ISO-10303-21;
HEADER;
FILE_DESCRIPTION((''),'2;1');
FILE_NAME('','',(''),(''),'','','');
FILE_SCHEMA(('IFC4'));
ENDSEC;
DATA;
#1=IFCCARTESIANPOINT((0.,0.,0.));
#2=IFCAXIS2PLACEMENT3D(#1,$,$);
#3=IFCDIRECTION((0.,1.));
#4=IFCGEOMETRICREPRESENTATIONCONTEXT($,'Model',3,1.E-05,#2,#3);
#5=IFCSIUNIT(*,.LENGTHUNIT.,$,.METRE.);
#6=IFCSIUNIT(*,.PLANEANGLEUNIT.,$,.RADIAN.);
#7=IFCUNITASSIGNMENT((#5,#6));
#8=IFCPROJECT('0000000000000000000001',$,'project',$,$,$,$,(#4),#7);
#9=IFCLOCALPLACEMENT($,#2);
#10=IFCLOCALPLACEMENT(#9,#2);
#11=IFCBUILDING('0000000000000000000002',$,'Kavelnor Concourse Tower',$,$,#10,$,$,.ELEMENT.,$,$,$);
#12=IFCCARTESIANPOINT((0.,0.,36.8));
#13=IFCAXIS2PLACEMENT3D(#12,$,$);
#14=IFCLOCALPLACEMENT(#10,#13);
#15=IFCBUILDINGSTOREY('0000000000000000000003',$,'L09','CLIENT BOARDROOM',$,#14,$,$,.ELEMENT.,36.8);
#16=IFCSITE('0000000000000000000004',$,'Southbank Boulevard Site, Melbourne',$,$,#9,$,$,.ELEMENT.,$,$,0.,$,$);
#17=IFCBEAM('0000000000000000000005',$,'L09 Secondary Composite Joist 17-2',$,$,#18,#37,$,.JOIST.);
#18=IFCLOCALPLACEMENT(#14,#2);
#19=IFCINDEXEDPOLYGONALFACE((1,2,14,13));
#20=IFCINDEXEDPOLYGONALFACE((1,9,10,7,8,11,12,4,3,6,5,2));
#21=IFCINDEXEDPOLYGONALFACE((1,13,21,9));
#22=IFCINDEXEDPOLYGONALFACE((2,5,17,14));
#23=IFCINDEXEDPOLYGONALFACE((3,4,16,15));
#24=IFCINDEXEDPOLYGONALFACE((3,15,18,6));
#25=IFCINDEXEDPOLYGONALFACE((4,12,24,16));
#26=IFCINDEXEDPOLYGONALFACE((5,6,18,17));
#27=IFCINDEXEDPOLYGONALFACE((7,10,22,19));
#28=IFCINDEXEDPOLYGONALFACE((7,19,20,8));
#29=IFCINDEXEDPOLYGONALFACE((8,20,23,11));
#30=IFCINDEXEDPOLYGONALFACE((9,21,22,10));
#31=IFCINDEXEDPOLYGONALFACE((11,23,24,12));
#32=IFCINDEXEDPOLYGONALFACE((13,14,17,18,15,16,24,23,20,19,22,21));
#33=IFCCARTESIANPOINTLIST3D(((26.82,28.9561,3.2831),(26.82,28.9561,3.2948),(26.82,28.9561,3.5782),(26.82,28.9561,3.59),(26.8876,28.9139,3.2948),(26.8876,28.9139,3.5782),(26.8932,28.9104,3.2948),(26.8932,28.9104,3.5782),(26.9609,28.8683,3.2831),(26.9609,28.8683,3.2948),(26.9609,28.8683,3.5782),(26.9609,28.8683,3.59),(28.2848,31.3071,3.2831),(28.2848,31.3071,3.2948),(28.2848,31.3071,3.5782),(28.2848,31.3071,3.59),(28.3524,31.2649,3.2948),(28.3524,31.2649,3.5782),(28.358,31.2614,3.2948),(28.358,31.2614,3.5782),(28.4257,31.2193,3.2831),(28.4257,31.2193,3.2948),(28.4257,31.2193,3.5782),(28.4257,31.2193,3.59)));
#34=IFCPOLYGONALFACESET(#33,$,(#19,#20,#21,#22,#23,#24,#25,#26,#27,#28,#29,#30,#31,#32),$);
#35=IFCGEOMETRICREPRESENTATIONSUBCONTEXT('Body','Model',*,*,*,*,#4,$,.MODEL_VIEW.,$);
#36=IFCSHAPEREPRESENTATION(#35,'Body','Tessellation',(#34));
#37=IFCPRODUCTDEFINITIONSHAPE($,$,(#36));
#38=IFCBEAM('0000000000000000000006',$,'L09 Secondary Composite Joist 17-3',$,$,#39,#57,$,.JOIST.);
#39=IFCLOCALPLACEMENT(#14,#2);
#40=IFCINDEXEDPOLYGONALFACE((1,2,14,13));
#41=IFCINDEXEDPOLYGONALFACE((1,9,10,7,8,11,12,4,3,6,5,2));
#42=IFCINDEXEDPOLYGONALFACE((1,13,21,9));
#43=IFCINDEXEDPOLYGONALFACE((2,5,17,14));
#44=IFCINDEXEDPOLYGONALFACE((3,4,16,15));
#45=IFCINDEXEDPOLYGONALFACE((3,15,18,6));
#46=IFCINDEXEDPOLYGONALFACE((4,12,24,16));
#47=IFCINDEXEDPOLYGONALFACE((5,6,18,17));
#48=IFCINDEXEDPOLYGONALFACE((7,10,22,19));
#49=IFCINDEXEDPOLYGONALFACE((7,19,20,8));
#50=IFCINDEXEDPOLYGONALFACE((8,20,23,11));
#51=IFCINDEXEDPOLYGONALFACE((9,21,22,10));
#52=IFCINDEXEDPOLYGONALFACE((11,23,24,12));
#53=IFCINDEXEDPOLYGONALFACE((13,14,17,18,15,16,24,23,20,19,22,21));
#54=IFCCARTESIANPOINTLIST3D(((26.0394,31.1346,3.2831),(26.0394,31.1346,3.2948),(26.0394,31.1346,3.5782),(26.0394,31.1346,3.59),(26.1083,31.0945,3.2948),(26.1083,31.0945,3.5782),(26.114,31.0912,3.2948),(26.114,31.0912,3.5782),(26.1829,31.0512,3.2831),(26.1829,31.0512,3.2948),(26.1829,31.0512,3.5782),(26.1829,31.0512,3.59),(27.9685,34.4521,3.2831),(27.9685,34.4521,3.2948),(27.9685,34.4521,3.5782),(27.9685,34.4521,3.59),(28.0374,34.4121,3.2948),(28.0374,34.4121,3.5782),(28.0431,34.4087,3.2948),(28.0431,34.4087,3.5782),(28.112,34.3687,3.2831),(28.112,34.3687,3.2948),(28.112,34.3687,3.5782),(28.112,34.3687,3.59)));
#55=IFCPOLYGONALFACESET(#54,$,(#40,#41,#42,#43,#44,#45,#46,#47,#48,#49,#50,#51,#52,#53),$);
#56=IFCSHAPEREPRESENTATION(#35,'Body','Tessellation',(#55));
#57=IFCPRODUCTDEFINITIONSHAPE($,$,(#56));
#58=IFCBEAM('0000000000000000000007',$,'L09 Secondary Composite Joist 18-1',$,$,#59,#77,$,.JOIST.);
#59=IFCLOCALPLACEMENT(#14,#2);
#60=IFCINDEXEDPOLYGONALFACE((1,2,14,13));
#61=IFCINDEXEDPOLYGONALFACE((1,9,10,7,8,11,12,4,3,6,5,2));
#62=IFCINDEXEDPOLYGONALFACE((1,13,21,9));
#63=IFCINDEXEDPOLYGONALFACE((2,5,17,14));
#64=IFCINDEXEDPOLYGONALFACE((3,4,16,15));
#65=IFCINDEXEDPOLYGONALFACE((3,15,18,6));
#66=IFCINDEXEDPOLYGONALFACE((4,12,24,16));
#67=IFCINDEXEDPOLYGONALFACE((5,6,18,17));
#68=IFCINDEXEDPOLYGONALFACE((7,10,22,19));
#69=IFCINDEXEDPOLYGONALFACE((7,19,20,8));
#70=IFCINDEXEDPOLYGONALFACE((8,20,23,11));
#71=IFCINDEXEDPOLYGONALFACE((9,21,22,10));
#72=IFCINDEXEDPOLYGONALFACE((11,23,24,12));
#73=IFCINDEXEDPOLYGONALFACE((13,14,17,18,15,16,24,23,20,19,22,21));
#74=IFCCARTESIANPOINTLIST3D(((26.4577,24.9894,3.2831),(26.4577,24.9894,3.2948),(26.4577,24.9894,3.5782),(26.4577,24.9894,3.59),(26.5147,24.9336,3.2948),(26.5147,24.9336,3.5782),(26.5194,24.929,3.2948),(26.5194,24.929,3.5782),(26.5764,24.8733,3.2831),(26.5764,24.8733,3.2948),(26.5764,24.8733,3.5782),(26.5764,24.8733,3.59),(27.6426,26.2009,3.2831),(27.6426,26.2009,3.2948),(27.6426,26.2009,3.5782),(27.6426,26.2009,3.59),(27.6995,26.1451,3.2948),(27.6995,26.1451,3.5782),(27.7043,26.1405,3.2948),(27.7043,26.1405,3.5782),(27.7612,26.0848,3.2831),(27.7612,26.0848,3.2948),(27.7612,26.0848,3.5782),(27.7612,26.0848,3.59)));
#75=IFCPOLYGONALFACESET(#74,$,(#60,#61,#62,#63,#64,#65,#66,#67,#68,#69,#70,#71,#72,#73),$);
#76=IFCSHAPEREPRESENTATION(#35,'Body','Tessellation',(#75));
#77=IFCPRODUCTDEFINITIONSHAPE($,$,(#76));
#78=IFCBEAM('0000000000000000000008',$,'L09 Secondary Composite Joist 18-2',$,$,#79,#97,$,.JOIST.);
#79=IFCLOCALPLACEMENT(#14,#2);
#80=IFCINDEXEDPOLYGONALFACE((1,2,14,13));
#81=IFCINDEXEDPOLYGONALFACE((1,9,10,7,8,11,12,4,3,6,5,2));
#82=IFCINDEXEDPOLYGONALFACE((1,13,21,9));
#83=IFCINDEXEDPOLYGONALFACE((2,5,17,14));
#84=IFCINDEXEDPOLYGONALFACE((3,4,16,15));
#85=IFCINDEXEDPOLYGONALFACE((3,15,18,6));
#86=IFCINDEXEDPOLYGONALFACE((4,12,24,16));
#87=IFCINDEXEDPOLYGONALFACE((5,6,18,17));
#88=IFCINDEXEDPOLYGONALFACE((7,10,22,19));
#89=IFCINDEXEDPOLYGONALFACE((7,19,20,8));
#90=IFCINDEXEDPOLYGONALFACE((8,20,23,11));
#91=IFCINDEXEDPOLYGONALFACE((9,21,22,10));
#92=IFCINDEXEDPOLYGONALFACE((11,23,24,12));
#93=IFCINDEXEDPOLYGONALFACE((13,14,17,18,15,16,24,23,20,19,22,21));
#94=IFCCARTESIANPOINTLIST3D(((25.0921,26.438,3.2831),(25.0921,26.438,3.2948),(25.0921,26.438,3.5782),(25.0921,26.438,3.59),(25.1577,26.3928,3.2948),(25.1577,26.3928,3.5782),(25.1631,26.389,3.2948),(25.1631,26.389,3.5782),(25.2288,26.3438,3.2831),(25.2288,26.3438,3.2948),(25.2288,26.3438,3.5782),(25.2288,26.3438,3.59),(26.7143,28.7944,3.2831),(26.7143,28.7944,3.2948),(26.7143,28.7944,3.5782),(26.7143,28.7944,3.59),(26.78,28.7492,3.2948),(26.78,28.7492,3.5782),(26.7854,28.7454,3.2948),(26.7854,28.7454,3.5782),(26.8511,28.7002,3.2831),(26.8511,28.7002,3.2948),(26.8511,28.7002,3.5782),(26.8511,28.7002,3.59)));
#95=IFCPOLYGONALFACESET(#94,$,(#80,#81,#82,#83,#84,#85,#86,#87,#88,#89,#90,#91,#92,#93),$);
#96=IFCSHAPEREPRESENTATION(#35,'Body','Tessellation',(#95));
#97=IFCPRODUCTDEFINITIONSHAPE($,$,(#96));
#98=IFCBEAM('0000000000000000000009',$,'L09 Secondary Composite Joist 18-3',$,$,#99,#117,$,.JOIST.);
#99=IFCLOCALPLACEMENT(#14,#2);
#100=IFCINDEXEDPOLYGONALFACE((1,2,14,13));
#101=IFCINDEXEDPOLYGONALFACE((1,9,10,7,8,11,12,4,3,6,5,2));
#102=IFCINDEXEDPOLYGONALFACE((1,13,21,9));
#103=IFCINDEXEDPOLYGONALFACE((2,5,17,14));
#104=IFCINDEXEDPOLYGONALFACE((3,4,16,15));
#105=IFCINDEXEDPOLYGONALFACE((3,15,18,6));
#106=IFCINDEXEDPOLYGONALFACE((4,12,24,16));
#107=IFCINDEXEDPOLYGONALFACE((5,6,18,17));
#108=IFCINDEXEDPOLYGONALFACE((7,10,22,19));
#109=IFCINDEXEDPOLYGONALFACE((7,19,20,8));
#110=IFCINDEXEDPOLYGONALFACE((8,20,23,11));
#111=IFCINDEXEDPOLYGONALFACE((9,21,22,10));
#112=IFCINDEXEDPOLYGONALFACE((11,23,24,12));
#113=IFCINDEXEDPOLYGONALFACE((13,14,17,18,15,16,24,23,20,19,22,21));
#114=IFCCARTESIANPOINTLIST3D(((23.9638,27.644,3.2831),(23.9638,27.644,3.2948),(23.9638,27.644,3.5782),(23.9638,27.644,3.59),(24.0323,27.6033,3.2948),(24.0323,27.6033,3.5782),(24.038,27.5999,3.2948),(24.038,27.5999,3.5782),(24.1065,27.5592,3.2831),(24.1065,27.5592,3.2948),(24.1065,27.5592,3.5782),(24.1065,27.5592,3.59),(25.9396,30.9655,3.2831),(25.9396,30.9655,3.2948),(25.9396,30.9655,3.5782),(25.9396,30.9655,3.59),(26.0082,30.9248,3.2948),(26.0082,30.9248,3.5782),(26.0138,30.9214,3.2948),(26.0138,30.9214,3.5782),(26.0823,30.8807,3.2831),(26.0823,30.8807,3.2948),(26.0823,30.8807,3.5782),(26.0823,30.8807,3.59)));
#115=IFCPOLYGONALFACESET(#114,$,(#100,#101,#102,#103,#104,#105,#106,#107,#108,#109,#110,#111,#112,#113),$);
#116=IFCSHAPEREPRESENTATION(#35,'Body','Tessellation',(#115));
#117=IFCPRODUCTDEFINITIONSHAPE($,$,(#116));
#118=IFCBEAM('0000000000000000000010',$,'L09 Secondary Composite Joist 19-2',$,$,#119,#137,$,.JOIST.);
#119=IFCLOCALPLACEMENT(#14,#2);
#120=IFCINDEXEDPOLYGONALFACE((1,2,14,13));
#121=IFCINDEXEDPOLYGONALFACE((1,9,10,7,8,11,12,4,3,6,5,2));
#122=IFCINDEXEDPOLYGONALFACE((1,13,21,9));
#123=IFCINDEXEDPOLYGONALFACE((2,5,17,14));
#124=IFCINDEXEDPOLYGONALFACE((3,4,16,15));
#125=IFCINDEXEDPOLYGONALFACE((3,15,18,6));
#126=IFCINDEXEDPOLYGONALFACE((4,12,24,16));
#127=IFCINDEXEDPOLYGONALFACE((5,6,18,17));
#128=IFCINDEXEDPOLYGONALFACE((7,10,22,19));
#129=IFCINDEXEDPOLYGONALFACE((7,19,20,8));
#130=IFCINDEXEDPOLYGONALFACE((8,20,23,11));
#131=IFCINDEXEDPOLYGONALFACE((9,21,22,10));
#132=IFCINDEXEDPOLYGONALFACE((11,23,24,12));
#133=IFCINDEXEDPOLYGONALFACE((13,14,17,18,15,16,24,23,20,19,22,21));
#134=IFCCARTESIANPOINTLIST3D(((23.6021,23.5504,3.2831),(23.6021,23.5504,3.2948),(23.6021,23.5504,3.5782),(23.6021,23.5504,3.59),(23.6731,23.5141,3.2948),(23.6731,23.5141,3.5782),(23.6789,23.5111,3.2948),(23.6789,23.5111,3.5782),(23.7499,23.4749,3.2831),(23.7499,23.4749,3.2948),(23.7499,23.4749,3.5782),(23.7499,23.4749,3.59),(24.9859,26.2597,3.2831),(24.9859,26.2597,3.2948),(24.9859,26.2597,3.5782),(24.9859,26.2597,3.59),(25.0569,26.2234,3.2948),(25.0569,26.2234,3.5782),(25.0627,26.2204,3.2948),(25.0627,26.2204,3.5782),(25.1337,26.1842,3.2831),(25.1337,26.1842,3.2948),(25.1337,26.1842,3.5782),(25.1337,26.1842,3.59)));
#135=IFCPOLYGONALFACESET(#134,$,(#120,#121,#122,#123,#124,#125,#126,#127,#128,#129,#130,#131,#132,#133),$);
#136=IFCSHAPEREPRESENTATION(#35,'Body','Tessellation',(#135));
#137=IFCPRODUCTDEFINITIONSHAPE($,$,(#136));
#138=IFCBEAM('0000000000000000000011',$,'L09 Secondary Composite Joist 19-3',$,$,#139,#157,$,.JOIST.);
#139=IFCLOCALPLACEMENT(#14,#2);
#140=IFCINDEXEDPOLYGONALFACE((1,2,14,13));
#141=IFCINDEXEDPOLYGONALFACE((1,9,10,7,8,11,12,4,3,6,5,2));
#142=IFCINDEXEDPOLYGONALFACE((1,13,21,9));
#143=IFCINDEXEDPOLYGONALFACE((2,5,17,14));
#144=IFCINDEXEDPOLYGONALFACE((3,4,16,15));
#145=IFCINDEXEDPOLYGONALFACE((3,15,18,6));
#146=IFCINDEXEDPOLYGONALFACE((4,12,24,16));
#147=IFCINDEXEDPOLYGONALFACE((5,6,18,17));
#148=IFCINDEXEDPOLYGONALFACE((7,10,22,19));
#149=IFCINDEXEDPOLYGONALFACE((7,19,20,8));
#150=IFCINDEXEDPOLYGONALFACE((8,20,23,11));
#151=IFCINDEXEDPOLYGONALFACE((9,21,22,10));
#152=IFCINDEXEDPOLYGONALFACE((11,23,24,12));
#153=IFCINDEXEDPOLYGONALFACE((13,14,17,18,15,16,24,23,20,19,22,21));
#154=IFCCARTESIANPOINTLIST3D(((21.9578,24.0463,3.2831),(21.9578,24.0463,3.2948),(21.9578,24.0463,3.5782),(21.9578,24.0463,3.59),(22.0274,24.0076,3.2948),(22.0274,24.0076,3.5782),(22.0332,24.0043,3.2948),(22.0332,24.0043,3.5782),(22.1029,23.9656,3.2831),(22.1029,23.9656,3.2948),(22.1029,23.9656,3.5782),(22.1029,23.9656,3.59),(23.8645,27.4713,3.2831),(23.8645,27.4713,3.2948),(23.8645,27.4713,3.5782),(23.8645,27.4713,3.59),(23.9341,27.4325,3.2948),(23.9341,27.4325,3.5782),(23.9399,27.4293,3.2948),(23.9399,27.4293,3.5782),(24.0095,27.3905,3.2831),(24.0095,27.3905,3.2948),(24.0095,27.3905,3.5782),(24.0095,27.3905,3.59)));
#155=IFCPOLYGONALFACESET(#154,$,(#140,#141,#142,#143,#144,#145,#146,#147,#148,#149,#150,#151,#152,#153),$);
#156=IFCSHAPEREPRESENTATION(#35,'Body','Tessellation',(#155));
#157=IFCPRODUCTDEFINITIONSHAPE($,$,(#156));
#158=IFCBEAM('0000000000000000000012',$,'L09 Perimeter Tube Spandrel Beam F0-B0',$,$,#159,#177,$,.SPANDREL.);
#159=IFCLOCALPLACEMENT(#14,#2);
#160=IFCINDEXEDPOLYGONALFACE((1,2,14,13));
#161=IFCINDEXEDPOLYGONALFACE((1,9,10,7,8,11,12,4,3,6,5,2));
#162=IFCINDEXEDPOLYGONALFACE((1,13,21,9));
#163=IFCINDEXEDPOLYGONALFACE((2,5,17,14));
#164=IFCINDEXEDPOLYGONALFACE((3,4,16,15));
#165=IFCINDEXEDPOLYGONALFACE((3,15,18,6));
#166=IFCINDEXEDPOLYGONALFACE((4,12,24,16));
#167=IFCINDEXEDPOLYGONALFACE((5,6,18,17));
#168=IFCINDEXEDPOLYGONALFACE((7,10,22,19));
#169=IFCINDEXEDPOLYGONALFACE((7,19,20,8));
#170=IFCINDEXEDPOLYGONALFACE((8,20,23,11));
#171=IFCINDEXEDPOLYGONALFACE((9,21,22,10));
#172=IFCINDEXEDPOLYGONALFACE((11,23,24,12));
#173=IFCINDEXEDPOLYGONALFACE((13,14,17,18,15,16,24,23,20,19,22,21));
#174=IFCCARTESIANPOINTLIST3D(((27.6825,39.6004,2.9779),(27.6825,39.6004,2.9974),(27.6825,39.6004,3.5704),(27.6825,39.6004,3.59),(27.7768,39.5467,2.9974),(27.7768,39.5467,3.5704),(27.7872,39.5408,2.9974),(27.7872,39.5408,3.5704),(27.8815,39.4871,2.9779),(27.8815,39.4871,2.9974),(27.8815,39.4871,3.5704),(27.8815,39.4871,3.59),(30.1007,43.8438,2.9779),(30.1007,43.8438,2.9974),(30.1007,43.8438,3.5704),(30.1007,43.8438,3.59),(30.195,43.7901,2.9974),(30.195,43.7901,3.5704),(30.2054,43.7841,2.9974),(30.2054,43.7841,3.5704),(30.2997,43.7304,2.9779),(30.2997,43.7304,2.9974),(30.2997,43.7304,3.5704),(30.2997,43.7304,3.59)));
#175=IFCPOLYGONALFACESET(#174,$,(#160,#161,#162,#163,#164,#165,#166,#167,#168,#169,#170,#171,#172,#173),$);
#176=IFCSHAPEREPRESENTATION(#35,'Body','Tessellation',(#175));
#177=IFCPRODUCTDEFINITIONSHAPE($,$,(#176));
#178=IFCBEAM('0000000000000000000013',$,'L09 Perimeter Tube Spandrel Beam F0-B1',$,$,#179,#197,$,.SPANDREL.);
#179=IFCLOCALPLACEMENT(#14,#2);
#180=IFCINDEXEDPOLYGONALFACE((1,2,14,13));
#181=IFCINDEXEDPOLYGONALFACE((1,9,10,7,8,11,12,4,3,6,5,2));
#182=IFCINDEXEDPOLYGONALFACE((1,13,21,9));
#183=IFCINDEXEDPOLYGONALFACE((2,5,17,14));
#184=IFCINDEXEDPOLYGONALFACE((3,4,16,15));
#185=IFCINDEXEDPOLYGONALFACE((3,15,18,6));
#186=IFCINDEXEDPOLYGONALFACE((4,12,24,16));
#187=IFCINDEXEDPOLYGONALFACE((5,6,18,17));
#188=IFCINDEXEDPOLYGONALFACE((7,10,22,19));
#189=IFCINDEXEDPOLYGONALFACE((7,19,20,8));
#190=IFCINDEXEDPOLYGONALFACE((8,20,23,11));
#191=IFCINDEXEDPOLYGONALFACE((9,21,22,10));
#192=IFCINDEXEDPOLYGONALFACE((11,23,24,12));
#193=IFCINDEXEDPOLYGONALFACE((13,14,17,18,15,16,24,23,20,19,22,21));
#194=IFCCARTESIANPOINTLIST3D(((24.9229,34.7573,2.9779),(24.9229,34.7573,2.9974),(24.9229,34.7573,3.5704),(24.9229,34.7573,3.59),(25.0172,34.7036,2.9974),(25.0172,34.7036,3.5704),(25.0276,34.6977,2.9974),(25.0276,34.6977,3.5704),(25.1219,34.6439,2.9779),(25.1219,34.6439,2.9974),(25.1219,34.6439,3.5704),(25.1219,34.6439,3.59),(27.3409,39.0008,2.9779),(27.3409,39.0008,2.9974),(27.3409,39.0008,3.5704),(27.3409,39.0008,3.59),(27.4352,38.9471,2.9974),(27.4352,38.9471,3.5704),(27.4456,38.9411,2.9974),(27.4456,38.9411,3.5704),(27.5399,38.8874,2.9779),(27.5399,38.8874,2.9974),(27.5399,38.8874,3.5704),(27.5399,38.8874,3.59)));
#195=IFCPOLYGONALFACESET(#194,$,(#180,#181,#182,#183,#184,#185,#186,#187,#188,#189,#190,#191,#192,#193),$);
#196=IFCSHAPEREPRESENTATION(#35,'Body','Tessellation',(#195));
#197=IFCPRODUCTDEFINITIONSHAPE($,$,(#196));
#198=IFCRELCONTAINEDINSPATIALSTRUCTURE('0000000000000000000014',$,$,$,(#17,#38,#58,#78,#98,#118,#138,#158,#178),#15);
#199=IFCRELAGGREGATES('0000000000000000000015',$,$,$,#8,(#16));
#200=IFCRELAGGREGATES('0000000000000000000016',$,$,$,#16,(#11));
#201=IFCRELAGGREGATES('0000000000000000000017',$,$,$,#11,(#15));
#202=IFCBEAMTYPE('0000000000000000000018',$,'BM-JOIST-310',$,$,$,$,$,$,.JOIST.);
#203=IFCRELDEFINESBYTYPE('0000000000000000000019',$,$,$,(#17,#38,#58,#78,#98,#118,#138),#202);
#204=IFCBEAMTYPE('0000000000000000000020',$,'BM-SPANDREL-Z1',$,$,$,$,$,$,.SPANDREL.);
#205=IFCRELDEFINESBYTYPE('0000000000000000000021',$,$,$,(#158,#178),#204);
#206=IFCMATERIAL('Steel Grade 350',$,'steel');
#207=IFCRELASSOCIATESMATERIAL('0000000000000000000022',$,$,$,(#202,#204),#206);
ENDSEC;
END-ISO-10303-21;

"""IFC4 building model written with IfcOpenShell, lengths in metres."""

from ifc_helpers import new_model, si_unit, direction, frame, origin, origin_2d, place, context, subcontext, project, spatial, i_section, extrude, material, material_profile, profile_set, type_object, element, save


model = new_model("IFC4")

# Units and contexts
model_context = context("Model", 3, precision=1e-05, world=origin(), true_north=direction((0.0, 1.0)))
body_context = subcontext(model_context, "Body", "Model", "MODEL_VIEW")
ifc_project = project(units=[si_unit("LENGTHUNIT", "METRE"), si_unit("PLANEANGLEUNIT", "RADIAN")], contexts=[model_context])

# Site, building, storey
site_placement = place(None, origin())
site = spatial("IfcSite", under=ifc_project, at=site_placement, Name="Southbank Boulevard Site, Melbourne", CompositionType="ELEMENT", RefElevation=0.0)
building_placement = place(site_placement, origin())
building = spatial("IfcBuilding", under=site, at=building_placement, Name="Kavelnor Concourse Tower", CompositionType="ELEMENT")
storey_placement = place(building_placement, frame((0.0, 0.0, 36.8)))
storey = spatial("IfcBuildingStorey", under=building, at=storey_placement, Name="L09", Description="CLIENT BOARDROOM", CompositionType="ELEMENT", Elevation=36.8)

# Shared definitions
ifc_material_1 = material(Name="Steel Grade 350", Category="steel")

# Beams
ifc_material_profile_1 = material_profile(ifc_material_1, i_section(OverallWidth=0.166, OverallDepth=0.3069, WebThickness=0.0066, FlangeThickness=0.0117, at=origin_2d()), Name="310UB46")
ifc_profile_set_1 = profile_set([ifc_material_profile_1], Name="Steel Grade 350")
beam_type_1 = type_object("IfcBeamType", Name="BM-JOIST-310", PredefinedType="JOIST", material=ifc_profile_set_1)
beam_1_placement = place(storey_placement, frame((28.3552, 31.2632, 3.4365), z_axis=(-0.52881, -0.84874, 0.0), x_axis=(0.84874, -0.52881, 0.0)))
element("IfcBeam", 1, at=beam_1_placement, inside=storey, type_object=beam_type_1, Name="L09 Secondary Composite Joist 17-2", PredefinedType="JOIST", context=body_context, shape_type="SweptSolid", body=[
    extrude(i_section(OverallWidth=0.166, OverallDepth=0.3069, WebThickness=0.0066, FlangeThickness=0.0117, at=origin_2d()), origin(), (0.0, 0.0, 1.0), 2.77),
])
beam_2_placement = place(storey_placement, frame((28.0403, 34.4104, 3.4365), z_axis=(-0.502688, -0.864468, 0.0), x_axis=(0.864468, -0.502688, 0.0)))
element("IfcBeam", 2, at=beam_2_placement, inside=storey, type_object=beam_type_1, Name="L09 Secondary Composite Joist 17-3", PredefinedType="JOIST", context=body_context, shape_type="SweptSolid", body=[
    extrude(i_section(OverallWidth=0.166, OverallDepth=0.3069, WebThickness=0.0066, FlangeThickness=0.0117, at=origin_2d()), origin(), (0.0, 0.0, 1.0), 3.8376),
])
beam_3_placement = place(storey_placement, frame((27.7019, 26.1428, 3.4365), z_axis=(-0.699211, -0.714915, 0.0), x_axis=(0.714915, -0.699211, 0.0)))
element("IfcBeam", 3, at=beam_3_placement, inside=storey, type_object=beam_type_1, Name="L09 Secondary Composite Joist 18-1", PredefinedType="JOIST", context=body_context, shape_type="SweptSolid", body=[
    extrude(i_section(OverallWidth=0.166, OverallDepth=0.3069, WebThickness=0.0066, FlangeThickness=0.0117, at=origin_2d()), origin(), (0.0, 0.0, 1.0), 1.6946),
])
beam_4_placement = place(storey_placement, frame((26.7827, 28.7473, 3.4365), z_axis=(-0.567065, -0.823673, 0.0), x_axis=(0.823673, -0.567065, 0.0)))
element("IfcBeam", 4, at=beam_4_placement, inside=storey, type_object=beam_type_1, Name="L09 Secondary Composite Joist 18-2", PredefinedType="JOIST", context=body_context, shape_type="SweptSolid", body=[
    extrude(i_section(OverallWidth=0.166, OverallDepth=0.3069, WebThickness=0.0066, FlangeThickness=0.0117, at=origin_2d()), origin(), (0.0, 0.0, 1.0), 2.8608),
])
beam_5_placement = place(storey_placement, frame((26.011, 30.9231, 3.4365), z_axis=(-0.511241, -0.859438, 0.0), x_axis=(0.859438, -0.511241, 0.0)))
element("IfcBeam", 5, at=beam_5_placement, inside=storey, type_object=beam_type_1, Name="L09 Secondary Composite Joist 18-3", PredefinedType="JOIST", context=body_context, shape_type="SweptSolid", body=[
    extrude(i_section(OverallWidth=0.166, OverallDepth=0.3069, WebThickness=0.0066, FlangeThickness=0.0117, at=origin_2d()), origin(), (0.0, 0.0, 1.0), 3.8647),
])
beam_6_placement = place(storey_placement, frame((25.0598, 26.2219, 3.4365), z_axis=(-0.454869, -0.890558, 0.0), x_axis=(0.890558, -0.454869, 0.0)))
element("IfcBeam", 6, at=beam_6_placement, inside=storey, type_object=beam_type_1, Name="L09 Secondary Composite Joist 19-2", PredefinedType="JOIST", context=body_context, shape_type="SweptSolid", body=[
    extrude(i_section(OverallWidth=0.166, OverallDepth=0.3069, WebThickness=0.0066, FlangeThickness=0.0117, at=origin_2d()), origin(), (0.0, 0.0, 1.0), 3.0422),
])
beam_7_placement = place(storey_placement, frame((23.937, 27.4309, 3.4365), z_axis=(-0.486409, -0.873731, 0.0), x_axis=(0.873731, -0.486409, 0.0)))
element("IfcBeam", 7, at=beam_7_placement, inside=storey, type_object=beam_type_1, Name="L09 Secondary Composite Joist 19-3", PredefinedType="JOIST", context=body_context, shape_type="SweptSolid", body=[
    extrude(i_section(OverallWidth=0.166, OverallDepth=0.3069, WebThickness=0.0066, FlangeThickness=0.0117, at=origin_2d()), origin(), (0.0, 0.0, 1.0), 3.9199),
])
ifc_material_profile_2 = material_profile(ifc_material_1, i_section(OverallWidth=0.229, OverallDepth=0.6121, WebThickness=0.012, FlangeThickness=0.0195, at=origin_2d()), Name="610UB125")
ifc_profile_set_2 = profile_set([ifc_material_profile_2], Name="Steel Grade 350")
beam_type_2 = type_object("IfcBeamType", Name="BM-SPANDREL-Z1", PredefinedType="SPANDREL", material=ifc_profile_set_2)
for number, where, z_axis, x_axis, name in (
    (8, (30.2002, 43.7871, 3.2839), (-0.495121, -0.868824, 0.0), (0.868824, -0.495121, 0.0), "L09 Perimeter Tube Spandrel Beam F0-B0"),
    (9, (27.4404, 38.9441, 3.2839), (-0.495083, -0.868845, 0.0), (0.868845, -0.495083, 0.0), "L09 Perimeter Tube Spandrel Beam F0-B1"),
):
    element("IfcBeam", number, at=place(storey_placement, frame(where, z_axis=z_axis, x_axis=x_axis)), inside=storey, type_object=beam_type_2, Name=name, PredefinedType="SPANDREL", context=body_context, shape_type="SweptSolid", body=[
        extrude(i_section(OverallWidth=0.229, OverallDepth=0.6121, WebThickness=0.012, FlangeThickness=0.0195, at=origin_2d()), origin(), (0.0, 0.0, 1.0), 4.884),
    ])

save(model, "model.ifc")
